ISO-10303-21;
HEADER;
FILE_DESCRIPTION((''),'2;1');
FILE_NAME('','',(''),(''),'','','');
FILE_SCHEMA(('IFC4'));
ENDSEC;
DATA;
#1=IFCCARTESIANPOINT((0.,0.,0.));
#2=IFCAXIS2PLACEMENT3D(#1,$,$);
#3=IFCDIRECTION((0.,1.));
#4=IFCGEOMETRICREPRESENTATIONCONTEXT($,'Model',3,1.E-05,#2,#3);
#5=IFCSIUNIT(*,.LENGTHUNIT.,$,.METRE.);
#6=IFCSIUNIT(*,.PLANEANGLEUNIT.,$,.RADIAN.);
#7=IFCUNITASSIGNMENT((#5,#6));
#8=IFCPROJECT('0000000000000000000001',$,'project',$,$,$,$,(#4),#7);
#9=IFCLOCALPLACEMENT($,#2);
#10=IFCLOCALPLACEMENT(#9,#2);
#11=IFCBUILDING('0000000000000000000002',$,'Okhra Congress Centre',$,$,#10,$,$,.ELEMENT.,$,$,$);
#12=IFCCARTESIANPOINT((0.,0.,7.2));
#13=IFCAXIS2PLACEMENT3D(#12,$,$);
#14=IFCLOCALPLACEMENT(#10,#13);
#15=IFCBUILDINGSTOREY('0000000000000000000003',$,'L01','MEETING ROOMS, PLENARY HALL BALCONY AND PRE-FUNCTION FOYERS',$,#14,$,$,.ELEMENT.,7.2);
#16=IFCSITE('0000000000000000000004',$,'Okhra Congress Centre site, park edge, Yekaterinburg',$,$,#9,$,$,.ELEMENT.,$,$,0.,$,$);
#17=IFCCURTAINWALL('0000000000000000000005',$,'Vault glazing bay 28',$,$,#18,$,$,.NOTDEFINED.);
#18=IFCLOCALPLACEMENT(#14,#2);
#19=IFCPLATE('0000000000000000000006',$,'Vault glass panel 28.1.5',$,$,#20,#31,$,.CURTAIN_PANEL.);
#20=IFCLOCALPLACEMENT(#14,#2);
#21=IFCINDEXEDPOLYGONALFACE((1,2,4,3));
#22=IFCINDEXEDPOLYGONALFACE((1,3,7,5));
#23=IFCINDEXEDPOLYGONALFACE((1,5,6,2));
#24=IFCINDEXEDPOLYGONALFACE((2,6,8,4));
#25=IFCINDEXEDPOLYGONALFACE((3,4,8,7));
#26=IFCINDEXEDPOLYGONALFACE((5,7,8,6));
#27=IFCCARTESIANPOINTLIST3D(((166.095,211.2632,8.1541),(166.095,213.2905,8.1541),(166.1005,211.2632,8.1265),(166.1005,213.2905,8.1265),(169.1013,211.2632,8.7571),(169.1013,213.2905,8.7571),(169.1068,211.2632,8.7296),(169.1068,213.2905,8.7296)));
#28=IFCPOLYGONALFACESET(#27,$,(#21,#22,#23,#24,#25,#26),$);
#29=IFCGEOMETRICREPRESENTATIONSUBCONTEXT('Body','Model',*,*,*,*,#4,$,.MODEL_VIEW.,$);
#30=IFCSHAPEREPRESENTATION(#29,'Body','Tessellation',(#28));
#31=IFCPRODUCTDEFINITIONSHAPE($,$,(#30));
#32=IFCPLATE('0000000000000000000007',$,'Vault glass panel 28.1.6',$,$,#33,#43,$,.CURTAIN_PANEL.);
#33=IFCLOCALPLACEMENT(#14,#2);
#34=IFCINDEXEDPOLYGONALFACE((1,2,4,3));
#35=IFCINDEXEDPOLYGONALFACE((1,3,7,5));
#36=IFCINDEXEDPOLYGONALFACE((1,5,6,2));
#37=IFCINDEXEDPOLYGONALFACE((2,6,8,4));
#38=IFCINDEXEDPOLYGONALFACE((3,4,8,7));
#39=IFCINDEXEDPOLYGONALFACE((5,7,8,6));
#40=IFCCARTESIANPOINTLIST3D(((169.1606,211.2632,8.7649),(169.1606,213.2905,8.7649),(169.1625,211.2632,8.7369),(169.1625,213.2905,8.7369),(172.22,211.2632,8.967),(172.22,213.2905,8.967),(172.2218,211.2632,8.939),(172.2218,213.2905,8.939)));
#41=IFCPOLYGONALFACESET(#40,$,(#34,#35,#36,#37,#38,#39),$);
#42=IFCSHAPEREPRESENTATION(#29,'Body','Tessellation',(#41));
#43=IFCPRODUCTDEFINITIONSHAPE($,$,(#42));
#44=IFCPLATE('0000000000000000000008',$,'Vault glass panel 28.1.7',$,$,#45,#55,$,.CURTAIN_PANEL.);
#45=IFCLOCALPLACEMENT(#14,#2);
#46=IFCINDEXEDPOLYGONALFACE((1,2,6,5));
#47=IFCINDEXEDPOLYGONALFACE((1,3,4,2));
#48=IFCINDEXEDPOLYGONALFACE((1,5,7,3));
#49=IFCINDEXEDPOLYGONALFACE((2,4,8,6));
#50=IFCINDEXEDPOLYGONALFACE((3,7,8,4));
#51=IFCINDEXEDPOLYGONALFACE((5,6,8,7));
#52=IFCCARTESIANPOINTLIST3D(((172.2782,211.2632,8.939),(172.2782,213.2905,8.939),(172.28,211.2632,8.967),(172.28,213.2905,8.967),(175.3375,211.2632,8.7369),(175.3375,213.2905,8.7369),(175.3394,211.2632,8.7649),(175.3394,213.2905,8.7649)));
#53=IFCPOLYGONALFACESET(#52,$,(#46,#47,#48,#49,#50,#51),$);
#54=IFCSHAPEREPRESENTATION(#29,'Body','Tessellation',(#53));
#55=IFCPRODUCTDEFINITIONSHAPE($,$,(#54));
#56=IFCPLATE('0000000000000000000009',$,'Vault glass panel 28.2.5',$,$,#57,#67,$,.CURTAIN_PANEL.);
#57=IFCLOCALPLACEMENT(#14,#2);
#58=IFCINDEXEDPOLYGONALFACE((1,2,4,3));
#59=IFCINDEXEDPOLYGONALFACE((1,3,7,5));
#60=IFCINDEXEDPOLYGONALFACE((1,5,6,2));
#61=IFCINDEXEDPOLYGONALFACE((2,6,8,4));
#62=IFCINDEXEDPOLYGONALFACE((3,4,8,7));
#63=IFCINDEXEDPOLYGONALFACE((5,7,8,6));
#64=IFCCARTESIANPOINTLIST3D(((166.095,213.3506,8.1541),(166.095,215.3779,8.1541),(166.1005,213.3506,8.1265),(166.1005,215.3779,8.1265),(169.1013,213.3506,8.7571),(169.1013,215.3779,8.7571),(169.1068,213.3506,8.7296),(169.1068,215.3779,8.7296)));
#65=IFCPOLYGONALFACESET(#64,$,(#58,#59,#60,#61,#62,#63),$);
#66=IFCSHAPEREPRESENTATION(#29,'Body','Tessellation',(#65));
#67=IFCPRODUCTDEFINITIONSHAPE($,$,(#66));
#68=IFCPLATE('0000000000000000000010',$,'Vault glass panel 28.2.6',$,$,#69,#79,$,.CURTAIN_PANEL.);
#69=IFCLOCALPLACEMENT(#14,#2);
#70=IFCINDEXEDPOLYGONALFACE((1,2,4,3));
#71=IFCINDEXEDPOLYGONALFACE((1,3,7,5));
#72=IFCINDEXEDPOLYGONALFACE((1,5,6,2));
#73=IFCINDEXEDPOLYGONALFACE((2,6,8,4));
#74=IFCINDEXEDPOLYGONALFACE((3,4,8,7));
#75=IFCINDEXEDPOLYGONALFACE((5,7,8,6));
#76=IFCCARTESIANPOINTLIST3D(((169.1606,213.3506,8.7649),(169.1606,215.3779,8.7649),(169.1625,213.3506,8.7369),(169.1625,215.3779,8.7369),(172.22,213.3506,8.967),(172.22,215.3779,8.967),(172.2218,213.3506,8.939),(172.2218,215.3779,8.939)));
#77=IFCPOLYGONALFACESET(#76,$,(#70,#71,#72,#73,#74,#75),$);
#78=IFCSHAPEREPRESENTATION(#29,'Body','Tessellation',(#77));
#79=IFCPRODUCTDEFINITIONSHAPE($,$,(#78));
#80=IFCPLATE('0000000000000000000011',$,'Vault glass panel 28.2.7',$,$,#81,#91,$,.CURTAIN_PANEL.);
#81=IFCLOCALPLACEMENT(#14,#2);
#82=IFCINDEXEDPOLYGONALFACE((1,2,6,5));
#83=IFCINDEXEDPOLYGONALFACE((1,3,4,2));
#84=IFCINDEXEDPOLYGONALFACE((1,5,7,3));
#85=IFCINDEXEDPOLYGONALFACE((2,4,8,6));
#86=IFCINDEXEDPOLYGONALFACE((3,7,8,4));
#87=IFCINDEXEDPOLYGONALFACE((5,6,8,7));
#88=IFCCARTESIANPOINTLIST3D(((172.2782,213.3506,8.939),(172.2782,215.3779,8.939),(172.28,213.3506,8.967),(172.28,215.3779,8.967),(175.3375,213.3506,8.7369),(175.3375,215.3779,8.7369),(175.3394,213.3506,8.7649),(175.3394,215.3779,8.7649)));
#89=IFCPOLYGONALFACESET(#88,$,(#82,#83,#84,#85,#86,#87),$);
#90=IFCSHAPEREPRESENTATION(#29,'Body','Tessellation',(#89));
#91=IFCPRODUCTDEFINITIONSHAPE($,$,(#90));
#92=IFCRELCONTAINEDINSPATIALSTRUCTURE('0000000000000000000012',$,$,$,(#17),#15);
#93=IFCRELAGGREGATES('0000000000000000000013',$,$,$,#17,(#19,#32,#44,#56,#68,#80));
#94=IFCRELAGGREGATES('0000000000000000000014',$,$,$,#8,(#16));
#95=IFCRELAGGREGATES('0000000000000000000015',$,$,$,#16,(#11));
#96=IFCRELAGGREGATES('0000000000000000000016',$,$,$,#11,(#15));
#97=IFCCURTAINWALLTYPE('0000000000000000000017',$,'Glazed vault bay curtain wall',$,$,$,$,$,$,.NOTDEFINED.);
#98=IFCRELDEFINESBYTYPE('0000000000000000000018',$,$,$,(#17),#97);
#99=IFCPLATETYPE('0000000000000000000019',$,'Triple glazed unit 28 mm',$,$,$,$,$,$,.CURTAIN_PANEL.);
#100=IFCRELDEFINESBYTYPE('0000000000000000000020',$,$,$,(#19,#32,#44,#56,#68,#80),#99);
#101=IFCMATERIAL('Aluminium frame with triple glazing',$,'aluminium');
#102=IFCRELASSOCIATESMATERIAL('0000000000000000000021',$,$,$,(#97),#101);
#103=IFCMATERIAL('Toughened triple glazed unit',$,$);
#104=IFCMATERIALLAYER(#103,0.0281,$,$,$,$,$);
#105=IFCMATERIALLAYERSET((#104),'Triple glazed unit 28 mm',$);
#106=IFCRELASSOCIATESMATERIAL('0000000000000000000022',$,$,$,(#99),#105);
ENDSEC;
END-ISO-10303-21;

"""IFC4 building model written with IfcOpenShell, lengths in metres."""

from ifc_helpers import new_model, si_unit, direction, frame, origin, place, context, subcontext, project, spatial, polyline, outline, extrude, material, layer, layer_set, type_object, element, aggregate, save


model = new_model("IFC4")

# Units and contexts
model_context = context("Model", 3, precision=1e-05, world=origin(), true_north=direction((0.0, 1.0)))
body_context = subcontext(model_context, "Body", "Model", "MODEL_VIEW")
ifc_project = project(units=[si_unit("LENGTHUNIT", "METRE"), si_unit("PLANEANGLEUNIT", "RADIAN")], contexts=[model_context])

# Site, building, storey
site_placement = place(None, origin())
site = spatial("IfcSite", under=ifc_project, at=site_placement, Name="Okhra Congress Centre site, park edge, Yekaterinburg", CompositionType="ELEMENT", RefElevation=0.0)
building_placement = place(site_placement, origin())
building = spatial("IfcBuilding", under=site, at=building_placement, Name="Okhra Congress Centre", CompositionType="ELEMENT")
storey_placement = place(building_placement, frame((0.0, 0.0, 7.2)))
storey = spatial("IfcBuildingStorey", under=building, at=storey_placement, Name="L01", Description="MEETING ROOMS, PLENARY HALL BALCONY AND PRE-FUNCTION FOYERS", CompositionType="ELEMENT", Elevation=7.2)

# Curtain wall
ifc_material_1 = material(Name="Aluminium frame with triple glazing", Category="aluminium")
curtain_wall_type = type_object("IfcCurtainWallType", Name="Glazed vault bay curtain wall", PredefinedType="NOTDEFINED", material=ifc_material_1)
curtain_wall_1_placement = place(storey_placement, origin())
curtain_wall_1 = element("IfcCurtainWall", 1, at=curtain_wall_1_placement, inside=storey, type_object=curtain_wall_type, Name="Vault glazing bay 28", PredefinedType="NOTDEFINED")

# Plates
ifc_material_2 = material(Name="Toughened triple glazed unit")
ifc_layer = layer(ifc_material_2, 0.0281)
ifc_layer_set = layer_set([ifc_layer], Name="Triple glazed unit 28 mm")
plate_type = type_object("IfcPlateType", Name="Triple glazed unit 28 mm", PredefinedType="CURTAIN_PANEL", material=ifc_layer_set)
plate_1_placement = place(storey_placement, frame((166.095, 211.2632, 8.1541), z_axis=(-0.196667, 0.0, 0.98047), x_axis=(0.98047, 0.0, 0.196667)))
plate_1 = element("IfcPlate", 2, at=plate_1_placement, type_object=plate_type, Name="Vault glass panel 28.1.5", PredefinedType="CURTAIN_PANEL", context=body_context, shape_type="SweptSolid", body=[
    extrude(outline(polyline([(0.0, 0.0), (3.0662, 0.0), (3.0662, 2.0273), (0.0, 2.0273), (0.0, 0.0)])), origin(), (0.0, 0.0, -1.0), 0.0281),
])
plate_2_placement = place(storey_placement, frame((169.1606, 211.2632, 8.7649), z_axis=(-0.065932, 0.0, 0.997824), x_axis=(0.997824, 0.0, 0.065932)))
plate_2 = element("IfcPlate", 3, at=plate_2_placement, type_object=plate_type, Name="Vault glass panel 28.1.6", PredefinedType="CURTAIN_PANEL", context=body_context, shape_type="SweptSolid", body=[
    extrude(outline(polyline([(0.0, 0.0), (3.066, 0.0), (3.066, 2.0273), (0.0, 2.0273), (0.0, 0.0)])), origin(), (0.0, 0.0, -1.0), 0.0281),
])
plate_3_placement = place(storey_placement, frame((172.28, 211.2632, 8.967), z_axis=(0.065932, 0.0, 0.997824), x_axis=(0.997824, 0.0, -0.065932)))
plate_3 = element("IfcPlate", 4, at=plate_3_placement, type_object=plate_type, Name="Vault glass panel 28.1.7", PredefinedType="CURTAIN_PANEL", context=body_context, shape_type="SweptSolid", body=[
    extrude(outline(polyline([(0.0, 0.0), (3.066, 0.0), (3.066, 2.0273), (0.0, 2.0273), (0.0, 0.0)])), origin(), (0.0, 0.0, -1.0), 0.0281),
])
plate_4_placement = place(storey_placement, frame((166.095, 213.3506, 8.1541), z_axis=(-0.196667, 0.0, 0.98047), x_axis=(0.98047, 0.0, 0.196667)))
plate_4 = element("IfcPlate", 5, at=plate_4_placement, type_object=plate_type, Name="Vault glass panel 28.2.5", PredefinedType="CURTAIN_PANEL", context=body_context, shape_type="SweptSolid", body=[
    extrude(outline(polyline([(0.0, 0.0), (3.0662, 0.0), (3.0662, 2.0273), (0.0, 2.0273), (0.0, 0.0)])), origin(), (0.0, 0.0, -1.0), 0.0281),
])
plate_5_placement = place(storey_placement, frame((169.1606, 213.3506, 8.7649), z_axis=(-0.065932, 0.0, 0.997824), x_axis=(0.997824, 0.0, 0.065932)))
plate_5 = element("IfcPlate", 6, at=plate_5_placement, type_object=plate_type, Name="Vault glass panel 28.2.6", PredefinedType="CURTAIN_PANEL", context=body_context, shape_type="SweptSolid", body=[
    extrude(outline(polyline([(0.0, 0.0), (3.066, 0.0), (3.066, 2.0273), (0.0, 2.0273), (0.0, 0.0)])), origin(), (0.0, 0.0, -1.0), 0.0281),
])
plate_6_placement = place(storey_placement, frame((172.28, 213.3506, 8.967), z_axis=(0.065932, 0.0, 0.997824), x_axis=(0.997824, 0.0, -0.065932)))
plate_6 = element("IfcPlate", 7, at=plate_6_placement, type_object=plate_type, Name="Vault glass panel 28.2.7", PredefinedType="CURTAIN_PANEL", context=body_context, shape_type="SweptSolid", body=[
    extrude(outline(polyline([(0.0, 0.0), (3.066, 0.0), (3.066, 2.0273), (0.0, 2.0273), (0.0, 0.0)])), origin(), (0.0, 0.0, -1.0), 0.0281),
])
aggregate(curtain_wall_1, [plate_1, plate_2, plate_3, plate_4, plate_5, plate_6])

save(model, "model.ifc")
